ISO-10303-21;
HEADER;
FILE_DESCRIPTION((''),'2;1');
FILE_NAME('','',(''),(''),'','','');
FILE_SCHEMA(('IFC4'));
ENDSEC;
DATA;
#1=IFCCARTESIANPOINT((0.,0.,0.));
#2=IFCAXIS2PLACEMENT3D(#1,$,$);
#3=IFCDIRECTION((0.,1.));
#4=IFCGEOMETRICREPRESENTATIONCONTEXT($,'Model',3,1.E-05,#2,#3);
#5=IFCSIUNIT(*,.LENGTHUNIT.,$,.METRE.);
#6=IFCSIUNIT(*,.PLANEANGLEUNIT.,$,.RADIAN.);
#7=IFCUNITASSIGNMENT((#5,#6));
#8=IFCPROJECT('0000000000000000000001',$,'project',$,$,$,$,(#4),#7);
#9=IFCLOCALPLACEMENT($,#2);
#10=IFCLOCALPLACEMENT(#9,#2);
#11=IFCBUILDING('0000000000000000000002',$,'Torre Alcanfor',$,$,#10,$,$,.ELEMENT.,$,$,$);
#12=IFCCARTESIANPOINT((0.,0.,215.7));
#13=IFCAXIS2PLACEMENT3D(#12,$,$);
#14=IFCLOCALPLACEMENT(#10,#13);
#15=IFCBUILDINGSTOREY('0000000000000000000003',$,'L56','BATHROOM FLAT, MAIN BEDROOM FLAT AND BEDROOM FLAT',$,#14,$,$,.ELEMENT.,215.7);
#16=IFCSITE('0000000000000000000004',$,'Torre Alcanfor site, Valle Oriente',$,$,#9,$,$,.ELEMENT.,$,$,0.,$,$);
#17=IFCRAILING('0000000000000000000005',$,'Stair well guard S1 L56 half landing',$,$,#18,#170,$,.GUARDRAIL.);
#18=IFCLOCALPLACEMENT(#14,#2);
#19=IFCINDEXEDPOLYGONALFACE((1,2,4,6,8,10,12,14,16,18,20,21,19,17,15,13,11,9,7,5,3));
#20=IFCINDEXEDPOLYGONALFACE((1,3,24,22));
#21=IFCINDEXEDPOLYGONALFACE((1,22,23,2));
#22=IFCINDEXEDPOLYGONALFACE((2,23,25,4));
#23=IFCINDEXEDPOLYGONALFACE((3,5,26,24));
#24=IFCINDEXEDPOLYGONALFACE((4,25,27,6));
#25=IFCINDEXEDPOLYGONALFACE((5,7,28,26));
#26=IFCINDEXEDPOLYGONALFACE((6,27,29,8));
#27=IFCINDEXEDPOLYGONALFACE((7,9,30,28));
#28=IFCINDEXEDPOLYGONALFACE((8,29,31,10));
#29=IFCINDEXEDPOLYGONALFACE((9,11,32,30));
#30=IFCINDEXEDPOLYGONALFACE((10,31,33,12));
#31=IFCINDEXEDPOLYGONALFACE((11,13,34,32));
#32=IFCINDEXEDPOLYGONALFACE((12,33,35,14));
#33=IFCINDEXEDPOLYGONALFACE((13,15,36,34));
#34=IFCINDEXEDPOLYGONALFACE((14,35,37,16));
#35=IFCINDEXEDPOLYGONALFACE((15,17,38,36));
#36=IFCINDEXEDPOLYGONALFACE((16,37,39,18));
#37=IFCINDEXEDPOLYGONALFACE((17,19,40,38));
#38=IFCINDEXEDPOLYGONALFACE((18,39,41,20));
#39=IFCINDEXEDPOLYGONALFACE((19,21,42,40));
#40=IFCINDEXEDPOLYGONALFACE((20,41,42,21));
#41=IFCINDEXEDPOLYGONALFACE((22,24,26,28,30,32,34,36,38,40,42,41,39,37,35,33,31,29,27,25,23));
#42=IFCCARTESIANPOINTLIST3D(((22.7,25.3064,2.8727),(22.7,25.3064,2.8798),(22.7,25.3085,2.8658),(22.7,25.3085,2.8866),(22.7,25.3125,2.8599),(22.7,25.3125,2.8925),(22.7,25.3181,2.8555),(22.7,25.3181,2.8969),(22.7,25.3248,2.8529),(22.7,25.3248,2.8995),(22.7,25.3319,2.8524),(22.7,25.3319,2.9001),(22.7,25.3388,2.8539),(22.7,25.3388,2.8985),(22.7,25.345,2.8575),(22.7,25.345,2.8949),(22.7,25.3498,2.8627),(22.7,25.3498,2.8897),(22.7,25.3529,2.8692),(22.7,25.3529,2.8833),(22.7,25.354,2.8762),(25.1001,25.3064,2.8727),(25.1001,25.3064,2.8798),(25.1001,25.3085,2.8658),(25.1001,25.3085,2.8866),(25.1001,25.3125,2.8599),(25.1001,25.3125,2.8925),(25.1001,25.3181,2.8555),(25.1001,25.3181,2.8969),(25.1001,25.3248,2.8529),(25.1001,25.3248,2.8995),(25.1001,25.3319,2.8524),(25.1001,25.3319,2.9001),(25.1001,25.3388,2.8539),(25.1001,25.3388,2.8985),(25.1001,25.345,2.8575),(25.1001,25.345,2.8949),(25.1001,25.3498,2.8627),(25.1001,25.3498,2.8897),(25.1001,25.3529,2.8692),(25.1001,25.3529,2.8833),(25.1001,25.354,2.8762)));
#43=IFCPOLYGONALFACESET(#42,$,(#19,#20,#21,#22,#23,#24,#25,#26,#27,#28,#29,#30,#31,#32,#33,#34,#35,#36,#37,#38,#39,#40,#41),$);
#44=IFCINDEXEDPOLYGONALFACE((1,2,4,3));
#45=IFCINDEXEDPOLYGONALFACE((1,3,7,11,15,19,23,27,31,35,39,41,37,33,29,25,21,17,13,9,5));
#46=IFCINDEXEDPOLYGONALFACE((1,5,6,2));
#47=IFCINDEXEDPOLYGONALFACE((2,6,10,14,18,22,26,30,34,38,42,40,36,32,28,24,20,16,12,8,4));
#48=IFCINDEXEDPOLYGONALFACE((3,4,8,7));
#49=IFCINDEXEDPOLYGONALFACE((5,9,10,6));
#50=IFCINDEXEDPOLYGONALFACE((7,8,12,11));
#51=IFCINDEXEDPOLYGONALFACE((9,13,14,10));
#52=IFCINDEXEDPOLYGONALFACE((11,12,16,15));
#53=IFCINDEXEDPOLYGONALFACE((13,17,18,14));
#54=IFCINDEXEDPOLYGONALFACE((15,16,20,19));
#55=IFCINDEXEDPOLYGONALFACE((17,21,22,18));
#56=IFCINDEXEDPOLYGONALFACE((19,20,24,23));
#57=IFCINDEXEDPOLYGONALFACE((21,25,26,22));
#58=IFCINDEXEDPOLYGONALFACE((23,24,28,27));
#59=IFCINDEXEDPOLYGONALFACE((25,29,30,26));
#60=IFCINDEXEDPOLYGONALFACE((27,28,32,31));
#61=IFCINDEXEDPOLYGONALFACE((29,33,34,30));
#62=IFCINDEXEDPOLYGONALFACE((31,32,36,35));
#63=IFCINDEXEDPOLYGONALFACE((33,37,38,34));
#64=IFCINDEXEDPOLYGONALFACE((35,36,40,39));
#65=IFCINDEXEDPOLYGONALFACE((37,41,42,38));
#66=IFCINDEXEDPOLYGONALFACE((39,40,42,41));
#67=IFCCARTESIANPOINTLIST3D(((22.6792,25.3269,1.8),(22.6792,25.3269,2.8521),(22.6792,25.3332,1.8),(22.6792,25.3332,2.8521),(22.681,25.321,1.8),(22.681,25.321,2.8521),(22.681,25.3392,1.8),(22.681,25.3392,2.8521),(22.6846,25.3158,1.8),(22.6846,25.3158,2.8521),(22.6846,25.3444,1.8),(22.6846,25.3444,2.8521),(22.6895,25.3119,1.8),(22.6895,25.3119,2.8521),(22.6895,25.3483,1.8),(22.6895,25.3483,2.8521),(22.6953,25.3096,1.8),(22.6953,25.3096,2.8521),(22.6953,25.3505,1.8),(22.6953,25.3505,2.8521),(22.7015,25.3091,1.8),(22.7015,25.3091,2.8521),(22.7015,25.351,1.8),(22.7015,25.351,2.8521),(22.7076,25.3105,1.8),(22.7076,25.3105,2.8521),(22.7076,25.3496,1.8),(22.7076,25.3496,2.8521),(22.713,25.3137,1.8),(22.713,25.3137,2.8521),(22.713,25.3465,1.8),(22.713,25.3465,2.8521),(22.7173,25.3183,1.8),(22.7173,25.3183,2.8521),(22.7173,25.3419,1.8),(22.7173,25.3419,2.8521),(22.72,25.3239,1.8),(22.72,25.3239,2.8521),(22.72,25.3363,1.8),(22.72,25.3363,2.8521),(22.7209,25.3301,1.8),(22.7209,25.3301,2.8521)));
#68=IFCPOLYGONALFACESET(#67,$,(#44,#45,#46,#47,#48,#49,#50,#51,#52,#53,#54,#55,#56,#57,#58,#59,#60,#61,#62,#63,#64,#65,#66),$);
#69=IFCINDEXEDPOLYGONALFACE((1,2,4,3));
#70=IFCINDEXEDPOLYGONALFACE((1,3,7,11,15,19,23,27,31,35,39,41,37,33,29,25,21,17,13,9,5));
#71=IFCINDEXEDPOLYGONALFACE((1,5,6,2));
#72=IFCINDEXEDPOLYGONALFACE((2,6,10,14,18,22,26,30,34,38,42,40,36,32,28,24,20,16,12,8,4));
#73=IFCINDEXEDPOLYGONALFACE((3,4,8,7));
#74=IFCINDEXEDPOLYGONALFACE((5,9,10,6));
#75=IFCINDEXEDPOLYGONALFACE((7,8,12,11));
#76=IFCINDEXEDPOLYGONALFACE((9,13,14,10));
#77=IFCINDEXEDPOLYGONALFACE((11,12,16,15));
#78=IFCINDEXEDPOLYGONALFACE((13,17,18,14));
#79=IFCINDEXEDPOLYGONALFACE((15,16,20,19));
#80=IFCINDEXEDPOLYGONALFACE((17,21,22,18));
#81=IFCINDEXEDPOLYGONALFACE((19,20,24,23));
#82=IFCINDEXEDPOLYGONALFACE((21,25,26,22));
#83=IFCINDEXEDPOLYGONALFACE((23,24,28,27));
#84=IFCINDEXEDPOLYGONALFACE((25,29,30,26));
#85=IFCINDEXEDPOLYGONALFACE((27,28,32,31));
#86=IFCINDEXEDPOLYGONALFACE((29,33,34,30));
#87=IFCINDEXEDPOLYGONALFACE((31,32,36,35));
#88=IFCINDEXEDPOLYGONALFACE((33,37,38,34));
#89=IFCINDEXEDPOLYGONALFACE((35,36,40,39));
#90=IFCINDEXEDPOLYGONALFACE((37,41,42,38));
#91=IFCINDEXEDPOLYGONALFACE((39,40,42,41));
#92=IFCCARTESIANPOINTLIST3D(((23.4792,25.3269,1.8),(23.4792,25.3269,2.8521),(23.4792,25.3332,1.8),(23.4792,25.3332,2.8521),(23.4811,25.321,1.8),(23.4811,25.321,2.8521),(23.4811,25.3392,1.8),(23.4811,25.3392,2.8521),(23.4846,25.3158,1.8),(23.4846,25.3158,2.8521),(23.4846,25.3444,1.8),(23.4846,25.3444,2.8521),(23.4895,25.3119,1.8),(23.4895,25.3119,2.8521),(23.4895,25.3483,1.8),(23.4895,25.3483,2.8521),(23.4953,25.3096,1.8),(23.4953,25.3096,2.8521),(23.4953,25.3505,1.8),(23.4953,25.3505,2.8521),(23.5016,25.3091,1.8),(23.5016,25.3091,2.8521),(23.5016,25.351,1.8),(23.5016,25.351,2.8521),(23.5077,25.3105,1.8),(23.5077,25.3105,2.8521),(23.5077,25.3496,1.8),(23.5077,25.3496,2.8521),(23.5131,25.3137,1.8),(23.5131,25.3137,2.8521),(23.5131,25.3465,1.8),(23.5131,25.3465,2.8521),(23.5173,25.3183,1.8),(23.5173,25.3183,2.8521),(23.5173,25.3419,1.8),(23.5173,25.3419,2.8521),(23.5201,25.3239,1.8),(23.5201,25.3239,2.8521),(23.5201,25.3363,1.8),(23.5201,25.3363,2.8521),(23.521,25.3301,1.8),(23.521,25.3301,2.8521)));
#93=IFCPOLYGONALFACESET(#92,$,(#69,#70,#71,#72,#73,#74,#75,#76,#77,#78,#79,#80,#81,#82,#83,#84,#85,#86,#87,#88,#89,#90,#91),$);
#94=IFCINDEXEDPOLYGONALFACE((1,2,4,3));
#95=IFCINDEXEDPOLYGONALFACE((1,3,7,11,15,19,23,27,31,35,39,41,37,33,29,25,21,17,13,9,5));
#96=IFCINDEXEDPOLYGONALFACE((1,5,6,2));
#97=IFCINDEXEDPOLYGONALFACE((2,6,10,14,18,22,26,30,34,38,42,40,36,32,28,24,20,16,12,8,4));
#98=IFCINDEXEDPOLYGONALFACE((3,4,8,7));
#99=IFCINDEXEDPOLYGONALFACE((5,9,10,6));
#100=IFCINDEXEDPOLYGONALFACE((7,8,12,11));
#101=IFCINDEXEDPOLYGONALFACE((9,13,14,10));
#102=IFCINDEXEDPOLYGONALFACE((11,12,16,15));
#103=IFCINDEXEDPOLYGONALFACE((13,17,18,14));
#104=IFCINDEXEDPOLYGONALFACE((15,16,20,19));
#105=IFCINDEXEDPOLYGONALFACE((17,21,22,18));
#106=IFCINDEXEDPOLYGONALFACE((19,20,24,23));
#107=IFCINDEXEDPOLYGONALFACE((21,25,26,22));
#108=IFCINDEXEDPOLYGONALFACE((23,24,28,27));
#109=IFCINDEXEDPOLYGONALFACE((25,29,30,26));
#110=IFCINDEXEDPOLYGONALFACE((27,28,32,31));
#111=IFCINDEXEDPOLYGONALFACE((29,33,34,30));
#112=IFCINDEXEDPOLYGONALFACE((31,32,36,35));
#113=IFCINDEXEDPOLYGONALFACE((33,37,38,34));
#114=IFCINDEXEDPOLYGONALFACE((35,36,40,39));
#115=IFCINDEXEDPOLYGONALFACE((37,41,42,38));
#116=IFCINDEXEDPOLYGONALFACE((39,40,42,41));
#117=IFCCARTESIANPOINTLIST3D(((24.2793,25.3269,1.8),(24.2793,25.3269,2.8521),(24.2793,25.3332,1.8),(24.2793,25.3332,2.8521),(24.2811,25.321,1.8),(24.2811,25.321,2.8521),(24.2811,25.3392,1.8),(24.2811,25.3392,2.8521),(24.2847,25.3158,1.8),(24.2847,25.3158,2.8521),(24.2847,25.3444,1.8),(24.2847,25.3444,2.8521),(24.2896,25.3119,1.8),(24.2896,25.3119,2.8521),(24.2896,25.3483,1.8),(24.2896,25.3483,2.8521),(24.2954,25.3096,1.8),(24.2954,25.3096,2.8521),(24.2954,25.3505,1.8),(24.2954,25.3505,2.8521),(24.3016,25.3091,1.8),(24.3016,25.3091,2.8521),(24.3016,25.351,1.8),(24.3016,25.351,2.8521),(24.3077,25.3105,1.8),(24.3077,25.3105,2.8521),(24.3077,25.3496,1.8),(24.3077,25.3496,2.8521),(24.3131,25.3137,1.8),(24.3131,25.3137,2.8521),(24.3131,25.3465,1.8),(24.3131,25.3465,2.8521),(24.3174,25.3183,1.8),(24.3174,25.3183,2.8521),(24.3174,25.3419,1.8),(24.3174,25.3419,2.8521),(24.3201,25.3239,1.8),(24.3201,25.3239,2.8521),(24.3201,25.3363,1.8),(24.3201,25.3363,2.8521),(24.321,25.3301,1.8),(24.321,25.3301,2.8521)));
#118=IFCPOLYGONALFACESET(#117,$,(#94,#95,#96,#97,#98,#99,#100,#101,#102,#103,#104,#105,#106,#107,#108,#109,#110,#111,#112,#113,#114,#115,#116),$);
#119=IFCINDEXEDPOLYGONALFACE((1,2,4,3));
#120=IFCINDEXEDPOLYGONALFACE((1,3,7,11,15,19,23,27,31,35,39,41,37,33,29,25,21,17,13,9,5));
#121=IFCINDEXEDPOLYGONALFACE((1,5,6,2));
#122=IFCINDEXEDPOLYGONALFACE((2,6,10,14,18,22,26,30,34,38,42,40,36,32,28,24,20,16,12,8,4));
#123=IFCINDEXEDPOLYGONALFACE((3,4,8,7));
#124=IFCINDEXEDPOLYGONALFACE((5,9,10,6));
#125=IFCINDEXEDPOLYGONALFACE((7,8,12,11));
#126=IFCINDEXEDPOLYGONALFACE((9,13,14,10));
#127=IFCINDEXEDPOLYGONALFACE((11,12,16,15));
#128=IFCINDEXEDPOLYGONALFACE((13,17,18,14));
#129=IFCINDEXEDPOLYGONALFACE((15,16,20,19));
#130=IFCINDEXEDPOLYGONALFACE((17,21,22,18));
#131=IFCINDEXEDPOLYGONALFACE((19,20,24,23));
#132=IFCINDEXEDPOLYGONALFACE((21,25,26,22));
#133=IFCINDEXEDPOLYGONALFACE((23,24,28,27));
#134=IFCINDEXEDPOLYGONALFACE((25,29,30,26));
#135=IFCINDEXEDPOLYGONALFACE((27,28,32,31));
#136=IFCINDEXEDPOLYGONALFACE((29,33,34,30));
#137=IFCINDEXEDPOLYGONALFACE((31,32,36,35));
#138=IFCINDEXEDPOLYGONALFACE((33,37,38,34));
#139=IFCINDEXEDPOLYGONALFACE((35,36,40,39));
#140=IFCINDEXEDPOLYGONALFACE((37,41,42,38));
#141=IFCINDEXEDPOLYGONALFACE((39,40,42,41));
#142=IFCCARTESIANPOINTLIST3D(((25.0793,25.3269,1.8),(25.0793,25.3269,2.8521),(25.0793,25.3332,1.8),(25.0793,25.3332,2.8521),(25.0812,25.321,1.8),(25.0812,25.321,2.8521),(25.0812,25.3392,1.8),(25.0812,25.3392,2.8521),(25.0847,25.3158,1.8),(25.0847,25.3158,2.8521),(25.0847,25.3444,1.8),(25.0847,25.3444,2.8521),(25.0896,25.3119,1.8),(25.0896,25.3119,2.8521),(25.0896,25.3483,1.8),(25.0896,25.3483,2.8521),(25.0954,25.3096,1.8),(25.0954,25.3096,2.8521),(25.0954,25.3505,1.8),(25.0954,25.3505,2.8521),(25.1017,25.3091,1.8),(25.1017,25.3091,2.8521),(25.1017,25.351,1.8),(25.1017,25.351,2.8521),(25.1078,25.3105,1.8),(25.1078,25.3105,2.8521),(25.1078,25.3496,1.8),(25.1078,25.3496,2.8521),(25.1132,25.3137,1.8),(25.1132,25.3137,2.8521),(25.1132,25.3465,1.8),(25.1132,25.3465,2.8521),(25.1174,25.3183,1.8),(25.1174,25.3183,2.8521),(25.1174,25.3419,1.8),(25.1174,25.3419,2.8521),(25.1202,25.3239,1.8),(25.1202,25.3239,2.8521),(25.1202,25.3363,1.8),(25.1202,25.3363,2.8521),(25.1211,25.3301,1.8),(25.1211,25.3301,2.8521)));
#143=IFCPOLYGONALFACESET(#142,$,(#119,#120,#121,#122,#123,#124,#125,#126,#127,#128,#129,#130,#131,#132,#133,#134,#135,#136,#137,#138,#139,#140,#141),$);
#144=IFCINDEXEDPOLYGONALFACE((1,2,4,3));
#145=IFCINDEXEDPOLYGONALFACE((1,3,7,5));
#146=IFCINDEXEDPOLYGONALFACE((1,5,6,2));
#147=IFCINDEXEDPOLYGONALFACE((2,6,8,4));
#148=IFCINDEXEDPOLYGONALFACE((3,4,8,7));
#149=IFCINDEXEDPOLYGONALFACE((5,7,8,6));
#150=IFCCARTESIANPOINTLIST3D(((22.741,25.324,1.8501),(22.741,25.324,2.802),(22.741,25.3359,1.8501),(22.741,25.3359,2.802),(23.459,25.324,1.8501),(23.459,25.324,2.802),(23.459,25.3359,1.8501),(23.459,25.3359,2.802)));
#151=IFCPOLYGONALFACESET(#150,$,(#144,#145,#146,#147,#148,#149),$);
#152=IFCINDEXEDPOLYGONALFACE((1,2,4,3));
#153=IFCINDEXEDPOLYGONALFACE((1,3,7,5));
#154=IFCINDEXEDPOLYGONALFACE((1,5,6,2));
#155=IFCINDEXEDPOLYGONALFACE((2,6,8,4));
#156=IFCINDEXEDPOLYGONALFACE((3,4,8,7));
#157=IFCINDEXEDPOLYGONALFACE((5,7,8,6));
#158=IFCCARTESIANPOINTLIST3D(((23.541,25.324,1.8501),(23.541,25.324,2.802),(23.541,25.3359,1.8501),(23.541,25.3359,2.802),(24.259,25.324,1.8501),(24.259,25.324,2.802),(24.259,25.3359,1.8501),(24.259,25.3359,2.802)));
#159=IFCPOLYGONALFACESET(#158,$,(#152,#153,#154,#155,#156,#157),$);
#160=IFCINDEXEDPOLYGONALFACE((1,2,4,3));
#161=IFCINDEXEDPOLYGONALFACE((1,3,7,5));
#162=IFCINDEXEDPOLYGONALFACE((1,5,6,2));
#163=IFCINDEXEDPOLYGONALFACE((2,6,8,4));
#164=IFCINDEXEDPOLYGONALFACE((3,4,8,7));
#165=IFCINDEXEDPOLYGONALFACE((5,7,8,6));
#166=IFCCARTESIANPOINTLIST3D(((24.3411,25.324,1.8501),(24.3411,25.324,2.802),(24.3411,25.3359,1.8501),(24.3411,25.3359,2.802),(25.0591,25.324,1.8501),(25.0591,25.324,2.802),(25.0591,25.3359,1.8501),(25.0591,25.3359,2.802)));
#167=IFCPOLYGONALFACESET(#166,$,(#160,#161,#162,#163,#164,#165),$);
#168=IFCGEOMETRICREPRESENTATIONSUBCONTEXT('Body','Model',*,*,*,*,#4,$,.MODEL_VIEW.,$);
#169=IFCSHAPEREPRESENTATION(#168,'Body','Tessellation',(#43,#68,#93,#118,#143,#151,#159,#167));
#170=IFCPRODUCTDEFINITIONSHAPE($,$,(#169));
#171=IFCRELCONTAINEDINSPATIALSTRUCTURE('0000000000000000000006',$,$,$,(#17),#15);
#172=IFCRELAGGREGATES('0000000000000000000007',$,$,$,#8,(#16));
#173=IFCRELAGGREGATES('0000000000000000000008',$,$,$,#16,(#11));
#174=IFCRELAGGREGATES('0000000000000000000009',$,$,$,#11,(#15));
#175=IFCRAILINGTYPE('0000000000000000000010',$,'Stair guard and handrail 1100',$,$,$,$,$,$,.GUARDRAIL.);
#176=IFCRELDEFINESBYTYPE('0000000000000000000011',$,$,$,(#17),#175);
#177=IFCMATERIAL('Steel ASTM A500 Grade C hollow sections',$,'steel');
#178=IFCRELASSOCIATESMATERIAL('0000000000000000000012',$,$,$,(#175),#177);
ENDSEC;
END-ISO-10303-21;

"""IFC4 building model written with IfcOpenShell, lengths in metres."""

from ifc_helpers import new_model, si_unit, direction, frame, origin, origin_2d, place, context, subcontext, project, spatial, polyline, circle, outline, extrude, material, type_object, element, save


model = new_model("IFC4")

# Units and contexts
model_context = context("Model", 3, precision=1e-05, world=origin(), true_north=direction((0.0, 1.0)))
body_context = subcontext(model_context, "Body", "Model", "MODEL_VIEW")
ifc_project = project(units=[si_unit("LENGTHUNIT", "METRE"), si_unit("PLANEANGLEUNIT", "RADIAN")], contexts=[model_context])

# Site, building, storey
site_placement = place(None, origin())
site = spatial("IfcSite", under=ifc_project, at=site_placement, Name="Torre Alcanfor site, Valle Oriente", CompositionType="ELEMENT", RefElevation=0.0)
building_placement = place(site_placement, origin())
building = spatial("IfcBuilding", under=site, at=building_placement, Name="Torre Alcanfor", CompositionType="ELEMENT")
storey_placement = place(building_placement, frame((0.0, 0.0, 215.7)))
storey = spatial("IfcBuildingStorey", under=building, at=storey_placement, Name="L56", Description="BATHROOM FLAT, MAIN BEDROOM FLAT AND BEDROOM FLAT", CompositionType="ELEMENT", Elevation=215.7)

# Railing
ifc_material_1 = material(Name="Steel ASTM A500 Grade C hollow sections", Category="steel")
railing_type_1 = type_object("IfcRailingType", Name="Stair guard and handrail 1100", PredefinedType="GUARDRAIL", material=ifc_material_1)
railing_1_placement = place(storey_placement, frame((22.7, 25.3301, 1.8)))
element("IfcRailing", 1, at=railing_1_placement, inside=storey, type_object=railing_type_1, Name="Stair well guard S1 L56 half landing", PredefinedType="GUARDRAIL", context=body_context, shape_type="SweptSolid", body=[
    extrude(circle(Radius=0.0239, at=origin_2d()), frame((0.0, 0.0, 1.0762), z_axis=(1.0, 0.0, 0.0), x_axis=(0.0, 1.0, 0.0)), (0.0, 0.0, 1.0), 2.4001),
    extrude(circle(Radius=0.021, at=origin_2d()), origin(), (0.0, 0.0, 1.0), 1.052),
    extrude(circle(Radius=0.021, at=origin_2d()), frame((0.8, 0.0, 0.0)), (0.0, 0.0, 1.0), 1.052),
    extrude(circle(Radius=0.021, at=origin_2d()), frame((1.6001, 0.0, 0.0)), (0.0, 0.0, 1.0), 1.052),
    extrude(circle(Radius=0.021, at=origin_2d()), frame((2.4001, 0.0, 0.0)), (0.0, 0.0, 1.0), 1.052),
    extrude(outline(polyline([(0.041, 0.05), (0.759, 0.05), (0.759, 1.002), (0.041, 1.002), (0.041, 0.05)])), frame((0.0, 0.0059, 0.0), z_axis=(0.0, -1.0, 0.0), x_axis=(1.0, 0.0, 0.0)), (0.0, 0.0, 1.0), 0.012),
    extrude(outline(polyline([(0.8411, 0.05), (1.5591, 0.05), (1.5591, 1.002), (0.8411, 1.002), (0.8411, 0.05)])), frame((0.0, 0.0059, 0.0), z_axis=(0.0, -1.0, 0.0), x_axis=(1.0, 0.0, 0.0)), (0.0, 0.0, 1.0), 0.012),
    extrude(outline(polyline([(1.6411, 0.05), (2.3591, 0.05), (2.3591, 1.002), (1.6411, 1.002), (1.6411, 0.05)])), frame((0.0, 0.0059, 0.0), z_axis=(0.0, -1.0, 0.0), x_axis=(1.0, 0.0, 0.0)), (0.0, 0.0, 1.0), 0.012),
])

save(model, "model.ifc")
